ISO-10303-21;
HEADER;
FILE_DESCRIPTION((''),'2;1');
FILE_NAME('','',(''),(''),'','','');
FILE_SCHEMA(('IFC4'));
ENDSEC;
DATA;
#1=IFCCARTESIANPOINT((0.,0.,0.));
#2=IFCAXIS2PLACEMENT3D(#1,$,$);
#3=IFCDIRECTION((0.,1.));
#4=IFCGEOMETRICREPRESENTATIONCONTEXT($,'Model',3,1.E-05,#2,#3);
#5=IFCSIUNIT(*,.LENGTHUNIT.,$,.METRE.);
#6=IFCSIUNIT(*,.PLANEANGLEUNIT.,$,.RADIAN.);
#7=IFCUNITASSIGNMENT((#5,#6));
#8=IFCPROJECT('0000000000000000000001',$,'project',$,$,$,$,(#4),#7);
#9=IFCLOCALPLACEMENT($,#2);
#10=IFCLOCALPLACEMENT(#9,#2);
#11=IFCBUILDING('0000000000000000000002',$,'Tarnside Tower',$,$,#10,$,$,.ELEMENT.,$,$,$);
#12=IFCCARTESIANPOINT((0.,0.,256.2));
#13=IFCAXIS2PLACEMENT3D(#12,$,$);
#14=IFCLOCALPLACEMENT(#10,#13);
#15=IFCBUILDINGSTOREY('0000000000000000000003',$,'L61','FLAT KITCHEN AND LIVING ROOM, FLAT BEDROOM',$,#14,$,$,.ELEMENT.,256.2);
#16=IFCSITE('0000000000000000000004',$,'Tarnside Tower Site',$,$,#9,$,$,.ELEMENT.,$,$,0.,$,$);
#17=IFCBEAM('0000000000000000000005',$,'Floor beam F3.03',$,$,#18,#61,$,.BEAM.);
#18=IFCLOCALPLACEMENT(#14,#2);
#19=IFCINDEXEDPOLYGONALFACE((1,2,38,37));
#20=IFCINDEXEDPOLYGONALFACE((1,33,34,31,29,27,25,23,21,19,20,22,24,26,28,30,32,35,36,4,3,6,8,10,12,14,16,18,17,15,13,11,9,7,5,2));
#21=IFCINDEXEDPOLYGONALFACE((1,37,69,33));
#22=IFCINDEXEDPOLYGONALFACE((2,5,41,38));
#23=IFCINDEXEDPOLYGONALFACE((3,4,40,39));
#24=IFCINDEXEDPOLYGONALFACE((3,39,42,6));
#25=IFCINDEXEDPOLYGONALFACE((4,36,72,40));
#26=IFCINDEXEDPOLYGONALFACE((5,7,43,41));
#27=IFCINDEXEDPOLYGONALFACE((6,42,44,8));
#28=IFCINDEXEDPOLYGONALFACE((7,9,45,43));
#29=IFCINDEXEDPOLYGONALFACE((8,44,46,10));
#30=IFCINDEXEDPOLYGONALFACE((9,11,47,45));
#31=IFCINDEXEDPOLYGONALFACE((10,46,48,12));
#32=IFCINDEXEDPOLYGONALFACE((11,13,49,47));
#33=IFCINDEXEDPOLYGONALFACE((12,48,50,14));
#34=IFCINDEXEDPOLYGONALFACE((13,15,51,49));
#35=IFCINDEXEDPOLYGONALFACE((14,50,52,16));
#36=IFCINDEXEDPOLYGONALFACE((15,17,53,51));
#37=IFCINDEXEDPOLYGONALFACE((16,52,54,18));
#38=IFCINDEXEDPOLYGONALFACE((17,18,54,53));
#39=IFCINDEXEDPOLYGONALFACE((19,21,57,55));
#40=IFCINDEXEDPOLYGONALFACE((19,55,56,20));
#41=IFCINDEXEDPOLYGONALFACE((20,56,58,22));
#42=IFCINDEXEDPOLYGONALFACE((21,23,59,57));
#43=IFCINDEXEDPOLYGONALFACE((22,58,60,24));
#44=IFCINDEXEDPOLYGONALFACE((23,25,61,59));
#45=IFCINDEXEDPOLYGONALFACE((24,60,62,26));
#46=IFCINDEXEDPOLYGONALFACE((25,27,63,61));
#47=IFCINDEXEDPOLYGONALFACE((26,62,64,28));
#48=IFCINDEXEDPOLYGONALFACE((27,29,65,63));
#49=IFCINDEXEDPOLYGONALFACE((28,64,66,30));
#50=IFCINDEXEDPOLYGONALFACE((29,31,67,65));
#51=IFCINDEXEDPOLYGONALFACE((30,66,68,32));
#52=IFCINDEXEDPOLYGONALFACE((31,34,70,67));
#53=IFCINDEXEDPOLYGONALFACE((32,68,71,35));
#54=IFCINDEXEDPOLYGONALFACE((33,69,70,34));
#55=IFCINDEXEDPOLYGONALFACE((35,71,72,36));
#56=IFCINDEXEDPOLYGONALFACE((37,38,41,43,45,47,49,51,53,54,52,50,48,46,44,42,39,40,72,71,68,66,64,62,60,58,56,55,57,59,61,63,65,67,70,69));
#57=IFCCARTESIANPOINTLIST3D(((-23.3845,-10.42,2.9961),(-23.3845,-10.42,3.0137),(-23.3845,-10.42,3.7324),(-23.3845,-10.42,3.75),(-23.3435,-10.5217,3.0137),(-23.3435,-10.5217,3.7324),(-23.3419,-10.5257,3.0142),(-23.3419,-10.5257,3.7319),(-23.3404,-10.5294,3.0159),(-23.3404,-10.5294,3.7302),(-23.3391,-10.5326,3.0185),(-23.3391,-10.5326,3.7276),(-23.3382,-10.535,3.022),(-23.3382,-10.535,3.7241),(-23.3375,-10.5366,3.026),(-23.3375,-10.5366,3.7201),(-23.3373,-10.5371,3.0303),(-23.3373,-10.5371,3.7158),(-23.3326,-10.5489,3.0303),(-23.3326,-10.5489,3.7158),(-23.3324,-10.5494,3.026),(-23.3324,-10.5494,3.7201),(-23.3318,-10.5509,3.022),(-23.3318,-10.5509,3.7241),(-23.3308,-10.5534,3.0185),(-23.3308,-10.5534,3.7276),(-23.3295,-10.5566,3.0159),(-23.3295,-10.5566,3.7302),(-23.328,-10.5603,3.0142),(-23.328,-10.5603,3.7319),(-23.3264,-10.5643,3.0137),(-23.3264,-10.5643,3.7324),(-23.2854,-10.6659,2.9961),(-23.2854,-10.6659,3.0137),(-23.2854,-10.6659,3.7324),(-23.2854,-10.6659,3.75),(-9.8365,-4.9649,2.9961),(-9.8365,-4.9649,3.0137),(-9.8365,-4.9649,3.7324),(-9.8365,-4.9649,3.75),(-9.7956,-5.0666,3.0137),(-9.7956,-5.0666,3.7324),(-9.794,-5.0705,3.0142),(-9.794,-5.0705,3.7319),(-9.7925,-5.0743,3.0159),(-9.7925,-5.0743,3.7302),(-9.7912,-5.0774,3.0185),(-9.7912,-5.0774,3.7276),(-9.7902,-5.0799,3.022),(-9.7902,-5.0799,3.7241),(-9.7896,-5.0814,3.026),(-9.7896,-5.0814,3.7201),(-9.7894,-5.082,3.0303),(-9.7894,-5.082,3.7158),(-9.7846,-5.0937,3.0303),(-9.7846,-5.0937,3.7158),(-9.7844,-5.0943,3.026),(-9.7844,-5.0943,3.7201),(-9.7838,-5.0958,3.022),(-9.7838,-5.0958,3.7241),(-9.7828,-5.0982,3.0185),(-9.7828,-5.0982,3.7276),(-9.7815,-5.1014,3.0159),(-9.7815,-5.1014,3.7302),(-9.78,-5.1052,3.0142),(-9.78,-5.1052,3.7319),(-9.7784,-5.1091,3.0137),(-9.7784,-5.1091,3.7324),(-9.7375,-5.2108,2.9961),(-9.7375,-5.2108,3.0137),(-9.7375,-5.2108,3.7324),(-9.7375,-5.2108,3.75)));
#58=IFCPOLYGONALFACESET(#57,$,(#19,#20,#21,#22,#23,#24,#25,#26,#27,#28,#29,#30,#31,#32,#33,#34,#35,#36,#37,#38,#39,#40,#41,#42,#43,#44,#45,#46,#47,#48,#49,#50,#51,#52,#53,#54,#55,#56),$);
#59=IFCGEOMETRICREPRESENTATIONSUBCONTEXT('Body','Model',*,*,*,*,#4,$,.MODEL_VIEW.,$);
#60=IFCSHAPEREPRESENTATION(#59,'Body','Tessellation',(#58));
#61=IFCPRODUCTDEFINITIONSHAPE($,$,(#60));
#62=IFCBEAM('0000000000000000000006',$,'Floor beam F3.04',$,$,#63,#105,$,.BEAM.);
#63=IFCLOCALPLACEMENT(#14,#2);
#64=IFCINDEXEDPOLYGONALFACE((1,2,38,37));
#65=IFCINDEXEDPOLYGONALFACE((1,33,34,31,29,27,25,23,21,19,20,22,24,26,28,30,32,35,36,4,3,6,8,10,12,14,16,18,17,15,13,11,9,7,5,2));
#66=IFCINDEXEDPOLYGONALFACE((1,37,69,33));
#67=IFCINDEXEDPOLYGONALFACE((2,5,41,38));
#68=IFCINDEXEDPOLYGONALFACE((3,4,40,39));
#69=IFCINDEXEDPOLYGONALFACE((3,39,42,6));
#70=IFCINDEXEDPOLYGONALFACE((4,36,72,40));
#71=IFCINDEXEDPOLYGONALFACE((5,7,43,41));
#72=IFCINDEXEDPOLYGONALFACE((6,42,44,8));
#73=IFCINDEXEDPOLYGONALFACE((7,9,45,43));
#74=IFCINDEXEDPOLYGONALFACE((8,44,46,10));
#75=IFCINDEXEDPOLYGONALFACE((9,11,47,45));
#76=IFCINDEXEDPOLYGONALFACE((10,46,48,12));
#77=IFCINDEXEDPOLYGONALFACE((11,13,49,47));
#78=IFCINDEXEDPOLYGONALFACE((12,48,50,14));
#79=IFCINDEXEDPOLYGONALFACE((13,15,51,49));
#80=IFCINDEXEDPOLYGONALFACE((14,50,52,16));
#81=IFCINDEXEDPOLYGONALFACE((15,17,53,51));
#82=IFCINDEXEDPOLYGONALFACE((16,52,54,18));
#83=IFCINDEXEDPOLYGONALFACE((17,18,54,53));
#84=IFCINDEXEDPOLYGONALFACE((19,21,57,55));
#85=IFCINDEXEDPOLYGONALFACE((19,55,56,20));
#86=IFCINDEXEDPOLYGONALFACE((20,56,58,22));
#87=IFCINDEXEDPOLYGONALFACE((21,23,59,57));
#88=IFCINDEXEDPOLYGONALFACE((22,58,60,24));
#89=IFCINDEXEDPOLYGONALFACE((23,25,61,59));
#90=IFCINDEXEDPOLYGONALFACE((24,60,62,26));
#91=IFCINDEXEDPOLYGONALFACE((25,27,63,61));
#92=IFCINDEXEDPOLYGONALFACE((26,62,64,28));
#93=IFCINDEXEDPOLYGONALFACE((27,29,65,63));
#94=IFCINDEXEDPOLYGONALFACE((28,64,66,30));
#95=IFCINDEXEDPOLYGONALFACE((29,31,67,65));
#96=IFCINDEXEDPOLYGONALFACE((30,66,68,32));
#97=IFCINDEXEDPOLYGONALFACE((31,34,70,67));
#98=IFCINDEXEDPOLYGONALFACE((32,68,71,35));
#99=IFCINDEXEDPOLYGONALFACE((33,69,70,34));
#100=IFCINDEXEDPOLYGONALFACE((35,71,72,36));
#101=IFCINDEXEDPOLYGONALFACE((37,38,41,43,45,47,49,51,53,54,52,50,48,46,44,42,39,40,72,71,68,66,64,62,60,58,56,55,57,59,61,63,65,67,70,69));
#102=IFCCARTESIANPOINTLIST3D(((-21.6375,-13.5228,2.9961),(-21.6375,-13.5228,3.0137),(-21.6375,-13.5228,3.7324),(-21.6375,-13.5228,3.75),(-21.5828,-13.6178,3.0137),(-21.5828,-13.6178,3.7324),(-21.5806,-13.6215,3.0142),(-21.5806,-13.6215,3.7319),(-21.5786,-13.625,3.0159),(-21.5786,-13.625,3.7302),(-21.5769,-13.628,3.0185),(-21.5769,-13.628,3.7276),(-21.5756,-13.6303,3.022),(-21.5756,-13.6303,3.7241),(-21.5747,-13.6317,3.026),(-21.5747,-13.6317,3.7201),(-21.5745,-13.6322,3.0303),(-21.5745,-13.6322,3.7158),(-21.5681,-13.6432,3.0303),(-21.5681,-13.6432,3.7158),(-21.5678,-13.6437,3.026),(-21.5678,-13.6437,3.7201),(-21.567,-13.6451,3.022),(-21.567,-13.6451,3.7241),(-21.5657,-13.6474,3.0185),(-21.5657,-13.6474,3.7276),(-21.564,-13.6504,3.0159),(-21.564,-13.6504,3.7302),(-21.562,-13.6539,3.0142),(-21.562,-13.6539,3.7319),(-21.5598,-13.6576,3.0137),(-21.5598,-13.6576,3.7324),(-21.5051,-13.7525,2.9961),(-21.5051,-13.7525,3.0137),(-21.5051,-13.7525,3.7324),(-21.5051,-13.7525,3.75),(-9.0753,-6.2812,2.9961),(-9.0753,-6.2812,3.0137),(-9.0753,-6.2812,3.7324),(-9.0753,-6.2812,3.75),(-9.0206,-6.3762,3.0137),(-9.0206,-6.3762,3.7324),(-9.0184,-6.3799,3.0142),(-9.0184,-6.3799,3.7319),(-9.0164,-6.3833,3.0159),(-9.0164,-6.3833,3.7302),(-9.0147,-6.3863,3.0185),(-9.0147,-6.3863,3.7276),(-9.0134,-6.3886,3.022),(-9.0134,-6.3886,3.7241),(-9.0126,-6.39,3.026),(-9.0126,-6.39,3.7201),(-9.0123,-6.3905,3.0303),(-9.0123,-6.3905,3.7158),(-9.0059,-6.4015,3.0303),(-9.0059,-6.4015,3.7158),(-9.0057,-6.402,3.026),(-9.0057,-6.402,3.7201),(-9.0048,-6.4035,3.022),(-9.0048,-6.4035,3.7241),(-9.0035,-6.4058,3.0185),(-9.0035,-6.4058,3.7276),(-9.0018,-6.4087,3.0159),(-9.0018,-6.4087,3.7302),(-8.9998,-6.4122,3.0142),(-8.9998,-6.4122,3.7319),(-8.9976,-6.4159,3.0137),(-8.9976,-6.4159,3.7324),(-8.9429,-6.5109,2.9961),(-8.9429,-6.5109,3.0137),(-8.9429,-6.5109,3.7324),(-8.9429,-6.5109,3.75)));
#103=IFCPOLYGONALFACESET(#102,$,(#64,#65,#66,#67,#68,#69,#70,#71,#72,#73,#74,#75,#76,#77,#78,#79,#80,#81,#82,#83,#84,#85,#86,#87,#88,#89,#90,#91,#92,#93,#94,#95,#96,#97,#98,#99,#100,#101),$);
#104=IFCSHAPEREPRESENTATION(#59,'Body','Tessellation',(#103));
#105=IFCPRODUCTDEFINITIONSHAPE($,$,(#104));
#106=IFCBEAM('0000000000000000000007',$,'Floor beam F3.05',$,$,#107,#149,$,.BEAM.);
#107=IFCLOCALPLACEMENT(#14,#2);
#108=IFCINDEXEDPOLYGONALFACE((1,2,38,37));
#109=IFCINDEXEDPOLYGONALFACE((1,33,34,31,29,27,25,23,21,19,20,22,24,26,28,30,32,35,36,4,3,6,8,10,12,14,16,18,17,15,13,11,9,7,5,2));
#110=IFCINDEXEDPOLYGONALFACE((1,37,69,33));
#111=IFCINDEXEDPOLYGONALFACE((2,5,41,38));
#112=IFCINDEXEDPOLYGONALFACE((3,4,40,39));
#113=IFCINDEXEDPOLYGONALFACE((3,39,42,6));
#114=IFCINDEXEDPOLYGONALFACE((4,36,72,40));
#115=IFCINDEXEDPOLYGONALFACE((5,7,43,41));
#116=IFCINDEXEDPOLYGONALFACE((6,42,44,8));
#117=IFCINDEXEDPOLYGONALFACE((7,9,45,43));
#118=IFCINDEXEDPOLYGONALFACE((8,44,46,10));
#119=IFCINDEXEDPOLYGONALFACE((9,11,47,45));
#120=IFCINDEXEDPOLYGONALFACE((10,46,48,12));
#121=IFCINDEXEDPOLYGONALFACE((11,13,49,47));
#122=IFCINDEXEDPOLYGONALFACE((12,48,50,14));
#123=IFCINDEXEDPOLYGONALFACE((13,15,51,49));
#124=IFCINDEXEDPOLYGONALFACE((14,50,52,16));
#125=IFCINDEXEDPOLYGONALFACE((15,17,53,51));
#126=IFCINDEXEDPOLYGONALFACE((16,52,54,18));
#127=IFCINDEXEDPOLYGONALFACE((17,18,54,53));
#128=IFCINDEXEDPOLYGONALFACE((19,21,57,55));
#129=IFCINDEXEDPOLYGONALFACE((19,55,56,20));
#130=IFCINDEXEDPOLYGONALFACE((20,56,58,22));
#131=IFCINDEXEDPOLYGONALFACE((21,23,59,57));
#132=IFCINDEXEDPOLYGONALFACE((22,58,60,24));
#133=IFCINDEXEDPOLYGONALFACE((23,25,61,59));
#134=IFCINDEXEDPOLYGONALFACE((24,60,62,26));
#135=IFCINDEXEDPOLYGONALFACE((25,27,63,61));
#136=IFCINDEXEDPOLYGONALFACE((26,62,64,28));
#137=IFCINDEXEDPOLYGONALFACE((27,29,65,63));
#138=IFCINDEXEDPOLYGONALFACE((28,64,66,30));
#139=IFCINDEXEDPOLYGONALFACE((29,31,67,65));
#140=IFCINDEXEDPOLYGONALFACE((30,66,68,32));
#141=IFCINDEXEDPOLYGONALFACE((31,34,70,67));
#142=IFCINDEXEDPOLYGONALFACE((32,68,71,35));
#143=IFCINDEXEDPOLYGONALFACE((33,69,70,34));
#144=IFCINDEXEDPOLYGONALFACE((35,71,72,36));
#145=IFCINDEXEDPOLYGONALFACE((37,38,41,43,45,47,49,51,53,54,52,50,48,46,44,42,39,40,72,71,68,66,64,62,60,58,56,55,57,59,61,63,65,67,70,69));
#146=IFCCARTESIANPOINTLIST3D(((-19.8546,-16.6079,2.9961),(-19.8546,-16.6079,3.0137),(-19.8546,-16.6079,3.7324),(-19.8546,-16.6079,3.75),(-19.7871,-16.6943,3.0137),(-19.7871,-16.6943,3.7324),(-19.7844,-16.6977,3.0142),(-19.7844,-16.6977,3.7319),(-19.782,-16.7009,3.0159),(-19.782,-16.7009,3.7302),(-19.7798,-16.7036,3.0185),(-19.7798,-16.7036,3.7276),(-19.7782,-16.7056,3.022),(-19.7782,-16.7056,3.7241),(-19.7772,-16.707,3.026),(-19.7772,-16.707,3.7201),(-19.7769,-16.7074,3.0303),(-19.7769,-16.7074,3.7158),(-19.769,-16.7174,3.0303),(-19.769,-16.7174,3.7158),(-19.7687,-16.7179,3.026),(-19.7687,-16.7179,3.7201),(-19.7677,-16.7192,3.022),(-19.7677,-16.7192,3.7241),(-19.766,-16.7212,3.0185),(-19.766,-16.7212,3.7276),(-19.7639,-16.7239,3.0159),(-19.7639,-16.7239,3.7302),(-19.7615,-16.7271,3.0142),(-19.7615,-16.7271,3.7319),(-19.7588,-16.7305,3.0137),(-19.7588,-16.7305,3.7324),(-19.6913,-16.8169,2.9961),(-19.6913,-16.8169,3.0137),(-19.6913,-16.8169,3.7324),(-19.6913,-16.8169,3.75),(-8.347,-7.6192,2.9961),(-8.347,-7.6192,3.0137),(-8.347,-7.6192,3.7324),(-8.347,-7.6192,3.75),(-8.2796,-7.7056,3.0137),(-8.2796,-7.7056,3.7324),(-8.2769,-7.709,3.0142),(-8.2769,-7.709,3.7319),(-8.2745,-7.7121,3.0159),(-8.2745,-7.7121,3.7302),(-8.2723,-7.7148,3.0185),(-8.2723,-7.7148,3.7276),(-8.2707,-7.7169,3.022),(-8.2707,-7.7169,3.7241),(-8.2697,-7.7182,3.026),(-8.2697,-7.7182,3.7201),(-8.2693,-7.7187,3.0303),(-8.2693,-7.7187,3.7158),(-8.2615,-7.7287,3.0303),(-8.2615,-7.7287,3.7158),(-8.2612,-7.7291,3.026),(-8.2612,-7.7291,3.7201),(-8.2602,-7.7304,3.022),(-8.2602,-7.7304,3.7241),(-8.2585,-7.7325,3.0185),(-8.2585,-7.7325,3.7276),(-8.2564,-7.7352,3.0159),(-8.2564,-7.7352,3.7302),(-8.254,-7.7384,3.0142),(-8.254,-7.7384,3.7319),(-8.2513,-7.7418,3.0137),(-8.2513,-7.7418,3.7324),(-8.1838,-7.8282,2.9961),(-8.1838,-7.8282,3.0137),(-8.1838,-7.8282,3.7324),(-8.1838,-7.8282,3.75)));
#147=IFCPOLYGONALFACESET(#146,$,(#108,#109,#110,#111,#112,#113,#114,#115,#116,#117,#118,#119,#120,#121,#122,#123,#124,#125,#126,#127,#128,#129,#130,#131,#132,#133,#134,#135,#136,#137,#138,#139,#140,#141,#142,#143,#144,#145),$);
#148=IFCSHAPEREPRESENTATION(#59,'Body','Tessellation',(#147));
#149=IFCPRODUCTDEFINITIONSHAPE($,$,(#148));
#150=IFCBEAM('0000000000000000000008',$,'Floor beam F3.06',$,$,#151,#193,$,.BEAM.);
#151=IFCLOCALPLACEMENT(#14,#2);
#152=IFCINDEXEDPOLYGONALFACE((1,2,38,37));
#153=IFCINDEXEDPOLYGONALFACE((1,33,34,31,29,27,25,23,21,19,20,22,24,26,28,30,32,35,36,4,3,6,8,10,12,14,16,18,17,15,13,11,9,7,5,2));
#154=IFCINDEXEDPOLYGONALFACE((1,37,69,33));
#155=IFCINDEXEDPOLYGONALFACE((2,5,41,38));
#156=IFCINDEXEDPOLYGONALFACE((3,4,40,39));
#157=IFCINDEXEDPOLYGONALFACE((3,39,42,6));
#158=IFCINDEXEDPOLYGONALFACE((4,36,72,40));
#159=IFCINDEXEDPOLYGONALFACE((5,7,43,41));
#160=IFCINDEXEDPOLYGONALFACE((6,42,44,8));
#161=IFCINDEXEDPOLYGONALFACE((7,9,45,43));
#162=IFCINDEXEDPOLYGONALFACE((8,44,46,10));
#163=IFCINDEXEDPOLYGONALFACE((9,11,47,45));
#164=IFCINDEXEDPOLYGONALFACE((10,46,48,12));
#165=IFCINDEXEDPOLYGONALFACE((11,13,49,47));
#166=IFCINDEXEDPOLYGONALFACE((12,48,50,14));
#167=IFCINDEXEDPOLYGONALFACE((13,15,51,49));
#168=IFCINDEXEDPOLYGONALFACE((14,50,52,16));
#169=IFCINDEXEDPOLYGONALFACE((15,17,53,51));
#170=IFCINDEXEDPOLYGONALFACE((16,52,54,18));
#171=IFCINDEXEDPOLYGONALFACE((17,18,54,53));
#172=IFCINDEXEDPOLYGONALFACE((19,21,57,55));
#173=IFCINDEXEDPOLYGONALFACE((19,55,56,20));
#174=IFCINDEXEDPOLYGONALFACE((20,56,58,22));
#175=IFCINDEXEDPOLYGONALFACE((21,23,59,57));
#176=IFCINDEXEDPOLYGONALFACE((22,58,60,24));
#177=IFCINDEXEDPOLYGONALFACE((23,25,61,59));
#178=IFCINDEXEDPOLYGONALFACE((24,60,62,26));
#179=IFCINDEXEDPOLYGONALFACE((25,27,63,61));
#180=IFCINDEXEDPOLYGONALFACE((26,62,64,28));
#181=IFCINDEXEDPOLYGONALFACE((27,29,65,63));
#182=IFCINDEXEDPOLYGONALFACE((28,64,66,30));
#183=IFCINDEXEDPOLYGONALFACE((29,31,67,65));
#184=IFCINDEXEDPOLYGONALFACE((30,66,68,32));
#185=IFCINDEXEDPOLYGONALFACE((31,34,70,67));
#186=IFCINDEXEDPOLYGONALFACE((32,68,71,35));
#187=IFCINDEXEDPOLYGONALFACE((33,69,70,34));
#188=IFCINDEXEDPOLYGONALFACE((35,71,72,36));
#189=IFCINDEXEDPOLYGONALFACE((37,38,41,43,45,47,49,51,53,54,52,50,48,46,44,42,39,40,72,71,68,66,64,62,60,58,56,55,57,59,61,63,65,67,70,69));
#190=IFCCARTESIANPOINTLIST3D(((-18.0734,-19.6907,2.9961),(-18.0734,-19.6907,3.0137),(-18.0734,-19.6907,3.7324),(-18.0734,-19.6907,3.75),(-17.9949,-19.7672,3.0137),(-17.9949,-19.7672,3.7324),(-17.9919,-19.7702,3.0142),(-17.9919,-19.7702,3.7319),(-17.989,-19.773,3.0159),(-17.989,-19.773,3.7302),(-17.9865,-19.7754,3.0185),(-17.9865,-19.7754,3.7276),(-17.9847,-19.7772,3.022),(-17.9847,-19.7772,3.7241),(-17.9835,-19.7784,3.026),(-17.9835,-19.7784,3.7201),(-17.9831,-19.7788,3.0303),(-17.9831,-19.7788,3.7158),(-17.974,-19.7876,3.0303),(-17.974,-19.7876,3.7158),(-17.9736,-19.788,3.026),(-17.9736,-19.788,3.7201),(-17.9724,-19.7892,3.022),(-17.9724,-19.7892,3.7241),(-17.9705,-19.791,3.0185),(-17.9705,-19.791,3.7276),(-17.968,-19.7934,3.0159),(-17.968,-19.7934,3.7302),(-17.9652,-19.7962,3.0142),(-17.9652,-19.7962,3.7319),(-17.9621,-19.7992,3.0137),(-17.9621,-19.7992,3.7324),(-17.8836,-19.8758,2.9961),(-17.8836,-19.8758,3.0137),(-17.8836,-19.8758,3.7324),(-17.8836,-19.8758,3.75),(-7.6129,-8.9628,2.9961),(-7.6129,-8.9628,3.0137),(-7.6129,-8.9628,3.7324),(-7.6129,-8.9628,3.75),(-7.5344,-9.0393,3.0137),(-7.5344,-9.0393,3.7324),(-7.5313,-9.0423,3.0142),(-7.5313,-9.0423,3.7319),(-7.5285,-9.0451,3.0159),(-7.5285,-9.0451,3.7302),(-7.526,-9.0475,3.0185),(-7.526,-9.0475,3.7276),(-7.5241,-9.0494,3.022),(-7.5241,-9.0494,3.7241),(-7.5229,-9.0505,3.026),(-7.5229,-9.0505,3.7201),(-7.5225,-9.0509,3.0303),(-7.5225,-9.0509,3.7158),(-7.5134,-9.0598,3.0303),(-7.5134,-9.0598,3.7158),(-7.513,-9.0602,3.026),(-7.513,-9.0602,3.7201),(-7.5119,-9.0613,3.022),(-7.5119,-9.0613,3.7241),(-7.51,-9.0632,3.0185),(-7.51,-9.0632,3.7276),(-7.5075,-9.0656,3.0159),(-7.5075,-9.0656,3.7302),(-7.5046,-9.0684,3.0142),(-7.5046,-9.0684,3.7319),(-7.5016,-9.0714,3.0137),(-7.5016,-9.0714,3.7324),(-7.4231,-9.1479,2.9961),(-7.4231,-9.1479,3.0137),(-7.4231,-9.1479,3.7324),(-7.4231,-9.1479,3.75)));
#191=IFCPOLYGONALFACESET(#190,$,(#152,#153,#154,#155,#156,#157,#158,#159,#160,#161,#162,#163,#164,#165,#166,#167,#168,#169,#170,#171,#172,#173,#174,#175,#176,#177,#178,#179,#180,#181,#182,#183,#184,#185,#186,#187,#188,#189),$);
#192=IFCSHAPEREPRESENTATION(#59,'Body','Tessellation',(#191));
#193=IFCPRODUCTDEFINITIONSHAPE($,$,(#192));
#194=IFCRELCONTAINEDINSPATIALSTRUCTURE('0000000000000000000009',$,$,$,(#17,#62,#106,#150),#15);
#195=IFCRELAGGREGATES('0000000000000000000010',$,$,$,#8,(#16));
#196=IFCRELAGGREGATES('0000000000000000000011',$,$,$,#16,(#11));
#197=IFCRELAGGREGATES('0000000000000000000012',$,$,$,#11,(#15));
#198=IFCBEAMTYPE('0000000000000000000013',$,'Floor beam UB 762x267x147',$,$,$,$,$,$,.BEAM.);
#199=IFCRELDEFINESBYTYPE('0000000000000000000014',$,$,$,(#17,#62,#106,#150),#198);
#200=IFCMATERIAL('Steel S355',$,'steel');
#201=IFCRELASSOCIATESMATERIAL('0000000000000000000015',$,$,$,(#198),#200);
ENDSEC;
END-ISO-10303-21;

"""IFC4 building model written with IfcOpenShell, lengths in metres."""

from ifc_helpers import new_model, si_unit, direction, frame, origin, origin_2d, place, context, subcontext, project, spatial, i_section, extrude, material, material_profile, profile_set, type_object, element, save


model = new_model("IFC4")

# Units and contexts
model_context = context("Model", 3, precision=1e-05, world=origin(), true_north=direction((0.0, 1.0)))
body_context = subcontext(model_context, "Body", "Model", "MODEL_VIEW")
ifc_project = project(units=[si_unit("LENGTHUNIT", "METRE"), si_unit("PLANEANGLEUNIT", "RADIAN")], contexts=[model_context])

# Site, building, storey
site_placement = place(None, origin())
site = spatial("IfcSite", under=ifc_project, at=site_placement, Name="Tarnside Tower Site", CompositionType="ELEMENT", RefElevation=0.0)
building_placement = place(site_placement, origin())
building = spatial("IfcBuilding", under=site, at=building_placement, Name="Tarnside Tower", CompositionType="ELEMENT")
storey_placement = place(building_placement, frame((0.0, 0.0, 256.2)))
storey = spatial("IfcBuildingStorey", under=building, at=storey_placement, Name="L61", Description="FLAT KITCHEN AND LIVING ROOM, FLAT BEDROOM", CompositionType="ELEMENT", Elevation=256.2)

# Beams
ifc_material_1 = material(Name="Steel S355", Category="steel")
ifc_material_profile_1 = material_profile(ifc_material_1, i_section(OverallWidth=0.2651, OverallDepth=0.7539, WebThickness=0.0127, FlangeThickness=0.0176, FilletRadius=0.0166, at=origin_2d()), Name="UB 762x267x147")
ifc_profile_set_1 = profile_set([ifc_material_profile_1], Name="Steel S355")
beam_type_1 = type_object("IfcBeamType", Name="Floor beam UB 762x267x147", PredefinedType="BEAM", material=ifc_profile_set_1)
beam_1_placement = place(storey_placement, frame((-23.335, -10.543, 3.373), z_axis=(0.927626, 0.373511, 0.0), x_axis=(-0.373511, 0.927626, 0.0)))
element("IfcBeam", 1, at=beam_1_placement, inside=storey, type_object=beam_type_1, Name="Floor beam F3.03", PredefinedType="BEAM", context=body_context, shape_type="SweptSolid", body=[
    extrude(i_section(OverallWidth=0.2651, OverallDepth=0.7539, WebThickness=0.0127, FlangeThickness=0.0176, FilletRadius=0.0166, at=origin_2d()), origin(), (0.0, 0.0, 1.0), 14.605),
])
beam_2_placement = place(storey_placement, frame((-21.5713, -13.6377, 3.373), z_axis=(0.866357, 0.499425, 0.0), x_axis=(-0.499425, 0.866357, 0.0)))
element("IfcBeam", 2, at=beam_2_placement, inside=storey, type_object=beam_type_1, Name="Floor beam F3.04", PredefinedType="BEAM", context=body_context, shape_type="SweptSolid", body=[
    extrude(i_section(OverallWidth=0.2651, OverallDepth=0.7539, WebThickness=0.0127, FlangeThickness=0.0176, FilletRadius=0.0166, at=origin_2d()), origin(), (0.0, 0.0, 1.0), 14.5),
])
beam_3_placement = place(storey_placement, frame((-19.7729, -16.7124, 3.373), z_axis=(0.788075, 0.615579, 0.0), x_axis=(-0.615579, 0.788075, 0.0)))
element("IfcBeam", 3, at=beam_3_placement, inside=storey, type_object=beam_type_1, Name="Floor beam F3.05", PredefinedType="BEAM", context=body_context, shape_type="SweptSolid", body=[
    extrude(i_section(OverallWidth=0.2651, OverallDepth=0.7539, WebThickness=0.0127, FlangeThickness=0.0176, FilletRadius=0.0166, at=origin_2d()), origin(), (0.0, 0.0, 1.0), 14.6021),
])
beam_4_placement = place(storey_placement, frame((-17.9785, -19.7832, 3.373), z_axis=(0.69813, 0.715971, 0.0), x_axis=(-0.715971, 0.69813, 0.0)))
element("IfcBeam", 4, at=beam_4_placement, inside=storey, type_object=beam_type_1, Name="Floor beam F3.06", PredefinedType="BEAM", context=body_context, shape_type="SweptSolid", body=[
    extrude(i_section(OverallWidth=0.2651, OverallDepth=0.7539, WebThickness=0.0127, FlangeThickness=0.0176, FilletRadius=0.0166, at=origin_2d()), origin(), (0.0, 0.0, 1.0), 14.9836),
])

save(model, "model.ifc")
